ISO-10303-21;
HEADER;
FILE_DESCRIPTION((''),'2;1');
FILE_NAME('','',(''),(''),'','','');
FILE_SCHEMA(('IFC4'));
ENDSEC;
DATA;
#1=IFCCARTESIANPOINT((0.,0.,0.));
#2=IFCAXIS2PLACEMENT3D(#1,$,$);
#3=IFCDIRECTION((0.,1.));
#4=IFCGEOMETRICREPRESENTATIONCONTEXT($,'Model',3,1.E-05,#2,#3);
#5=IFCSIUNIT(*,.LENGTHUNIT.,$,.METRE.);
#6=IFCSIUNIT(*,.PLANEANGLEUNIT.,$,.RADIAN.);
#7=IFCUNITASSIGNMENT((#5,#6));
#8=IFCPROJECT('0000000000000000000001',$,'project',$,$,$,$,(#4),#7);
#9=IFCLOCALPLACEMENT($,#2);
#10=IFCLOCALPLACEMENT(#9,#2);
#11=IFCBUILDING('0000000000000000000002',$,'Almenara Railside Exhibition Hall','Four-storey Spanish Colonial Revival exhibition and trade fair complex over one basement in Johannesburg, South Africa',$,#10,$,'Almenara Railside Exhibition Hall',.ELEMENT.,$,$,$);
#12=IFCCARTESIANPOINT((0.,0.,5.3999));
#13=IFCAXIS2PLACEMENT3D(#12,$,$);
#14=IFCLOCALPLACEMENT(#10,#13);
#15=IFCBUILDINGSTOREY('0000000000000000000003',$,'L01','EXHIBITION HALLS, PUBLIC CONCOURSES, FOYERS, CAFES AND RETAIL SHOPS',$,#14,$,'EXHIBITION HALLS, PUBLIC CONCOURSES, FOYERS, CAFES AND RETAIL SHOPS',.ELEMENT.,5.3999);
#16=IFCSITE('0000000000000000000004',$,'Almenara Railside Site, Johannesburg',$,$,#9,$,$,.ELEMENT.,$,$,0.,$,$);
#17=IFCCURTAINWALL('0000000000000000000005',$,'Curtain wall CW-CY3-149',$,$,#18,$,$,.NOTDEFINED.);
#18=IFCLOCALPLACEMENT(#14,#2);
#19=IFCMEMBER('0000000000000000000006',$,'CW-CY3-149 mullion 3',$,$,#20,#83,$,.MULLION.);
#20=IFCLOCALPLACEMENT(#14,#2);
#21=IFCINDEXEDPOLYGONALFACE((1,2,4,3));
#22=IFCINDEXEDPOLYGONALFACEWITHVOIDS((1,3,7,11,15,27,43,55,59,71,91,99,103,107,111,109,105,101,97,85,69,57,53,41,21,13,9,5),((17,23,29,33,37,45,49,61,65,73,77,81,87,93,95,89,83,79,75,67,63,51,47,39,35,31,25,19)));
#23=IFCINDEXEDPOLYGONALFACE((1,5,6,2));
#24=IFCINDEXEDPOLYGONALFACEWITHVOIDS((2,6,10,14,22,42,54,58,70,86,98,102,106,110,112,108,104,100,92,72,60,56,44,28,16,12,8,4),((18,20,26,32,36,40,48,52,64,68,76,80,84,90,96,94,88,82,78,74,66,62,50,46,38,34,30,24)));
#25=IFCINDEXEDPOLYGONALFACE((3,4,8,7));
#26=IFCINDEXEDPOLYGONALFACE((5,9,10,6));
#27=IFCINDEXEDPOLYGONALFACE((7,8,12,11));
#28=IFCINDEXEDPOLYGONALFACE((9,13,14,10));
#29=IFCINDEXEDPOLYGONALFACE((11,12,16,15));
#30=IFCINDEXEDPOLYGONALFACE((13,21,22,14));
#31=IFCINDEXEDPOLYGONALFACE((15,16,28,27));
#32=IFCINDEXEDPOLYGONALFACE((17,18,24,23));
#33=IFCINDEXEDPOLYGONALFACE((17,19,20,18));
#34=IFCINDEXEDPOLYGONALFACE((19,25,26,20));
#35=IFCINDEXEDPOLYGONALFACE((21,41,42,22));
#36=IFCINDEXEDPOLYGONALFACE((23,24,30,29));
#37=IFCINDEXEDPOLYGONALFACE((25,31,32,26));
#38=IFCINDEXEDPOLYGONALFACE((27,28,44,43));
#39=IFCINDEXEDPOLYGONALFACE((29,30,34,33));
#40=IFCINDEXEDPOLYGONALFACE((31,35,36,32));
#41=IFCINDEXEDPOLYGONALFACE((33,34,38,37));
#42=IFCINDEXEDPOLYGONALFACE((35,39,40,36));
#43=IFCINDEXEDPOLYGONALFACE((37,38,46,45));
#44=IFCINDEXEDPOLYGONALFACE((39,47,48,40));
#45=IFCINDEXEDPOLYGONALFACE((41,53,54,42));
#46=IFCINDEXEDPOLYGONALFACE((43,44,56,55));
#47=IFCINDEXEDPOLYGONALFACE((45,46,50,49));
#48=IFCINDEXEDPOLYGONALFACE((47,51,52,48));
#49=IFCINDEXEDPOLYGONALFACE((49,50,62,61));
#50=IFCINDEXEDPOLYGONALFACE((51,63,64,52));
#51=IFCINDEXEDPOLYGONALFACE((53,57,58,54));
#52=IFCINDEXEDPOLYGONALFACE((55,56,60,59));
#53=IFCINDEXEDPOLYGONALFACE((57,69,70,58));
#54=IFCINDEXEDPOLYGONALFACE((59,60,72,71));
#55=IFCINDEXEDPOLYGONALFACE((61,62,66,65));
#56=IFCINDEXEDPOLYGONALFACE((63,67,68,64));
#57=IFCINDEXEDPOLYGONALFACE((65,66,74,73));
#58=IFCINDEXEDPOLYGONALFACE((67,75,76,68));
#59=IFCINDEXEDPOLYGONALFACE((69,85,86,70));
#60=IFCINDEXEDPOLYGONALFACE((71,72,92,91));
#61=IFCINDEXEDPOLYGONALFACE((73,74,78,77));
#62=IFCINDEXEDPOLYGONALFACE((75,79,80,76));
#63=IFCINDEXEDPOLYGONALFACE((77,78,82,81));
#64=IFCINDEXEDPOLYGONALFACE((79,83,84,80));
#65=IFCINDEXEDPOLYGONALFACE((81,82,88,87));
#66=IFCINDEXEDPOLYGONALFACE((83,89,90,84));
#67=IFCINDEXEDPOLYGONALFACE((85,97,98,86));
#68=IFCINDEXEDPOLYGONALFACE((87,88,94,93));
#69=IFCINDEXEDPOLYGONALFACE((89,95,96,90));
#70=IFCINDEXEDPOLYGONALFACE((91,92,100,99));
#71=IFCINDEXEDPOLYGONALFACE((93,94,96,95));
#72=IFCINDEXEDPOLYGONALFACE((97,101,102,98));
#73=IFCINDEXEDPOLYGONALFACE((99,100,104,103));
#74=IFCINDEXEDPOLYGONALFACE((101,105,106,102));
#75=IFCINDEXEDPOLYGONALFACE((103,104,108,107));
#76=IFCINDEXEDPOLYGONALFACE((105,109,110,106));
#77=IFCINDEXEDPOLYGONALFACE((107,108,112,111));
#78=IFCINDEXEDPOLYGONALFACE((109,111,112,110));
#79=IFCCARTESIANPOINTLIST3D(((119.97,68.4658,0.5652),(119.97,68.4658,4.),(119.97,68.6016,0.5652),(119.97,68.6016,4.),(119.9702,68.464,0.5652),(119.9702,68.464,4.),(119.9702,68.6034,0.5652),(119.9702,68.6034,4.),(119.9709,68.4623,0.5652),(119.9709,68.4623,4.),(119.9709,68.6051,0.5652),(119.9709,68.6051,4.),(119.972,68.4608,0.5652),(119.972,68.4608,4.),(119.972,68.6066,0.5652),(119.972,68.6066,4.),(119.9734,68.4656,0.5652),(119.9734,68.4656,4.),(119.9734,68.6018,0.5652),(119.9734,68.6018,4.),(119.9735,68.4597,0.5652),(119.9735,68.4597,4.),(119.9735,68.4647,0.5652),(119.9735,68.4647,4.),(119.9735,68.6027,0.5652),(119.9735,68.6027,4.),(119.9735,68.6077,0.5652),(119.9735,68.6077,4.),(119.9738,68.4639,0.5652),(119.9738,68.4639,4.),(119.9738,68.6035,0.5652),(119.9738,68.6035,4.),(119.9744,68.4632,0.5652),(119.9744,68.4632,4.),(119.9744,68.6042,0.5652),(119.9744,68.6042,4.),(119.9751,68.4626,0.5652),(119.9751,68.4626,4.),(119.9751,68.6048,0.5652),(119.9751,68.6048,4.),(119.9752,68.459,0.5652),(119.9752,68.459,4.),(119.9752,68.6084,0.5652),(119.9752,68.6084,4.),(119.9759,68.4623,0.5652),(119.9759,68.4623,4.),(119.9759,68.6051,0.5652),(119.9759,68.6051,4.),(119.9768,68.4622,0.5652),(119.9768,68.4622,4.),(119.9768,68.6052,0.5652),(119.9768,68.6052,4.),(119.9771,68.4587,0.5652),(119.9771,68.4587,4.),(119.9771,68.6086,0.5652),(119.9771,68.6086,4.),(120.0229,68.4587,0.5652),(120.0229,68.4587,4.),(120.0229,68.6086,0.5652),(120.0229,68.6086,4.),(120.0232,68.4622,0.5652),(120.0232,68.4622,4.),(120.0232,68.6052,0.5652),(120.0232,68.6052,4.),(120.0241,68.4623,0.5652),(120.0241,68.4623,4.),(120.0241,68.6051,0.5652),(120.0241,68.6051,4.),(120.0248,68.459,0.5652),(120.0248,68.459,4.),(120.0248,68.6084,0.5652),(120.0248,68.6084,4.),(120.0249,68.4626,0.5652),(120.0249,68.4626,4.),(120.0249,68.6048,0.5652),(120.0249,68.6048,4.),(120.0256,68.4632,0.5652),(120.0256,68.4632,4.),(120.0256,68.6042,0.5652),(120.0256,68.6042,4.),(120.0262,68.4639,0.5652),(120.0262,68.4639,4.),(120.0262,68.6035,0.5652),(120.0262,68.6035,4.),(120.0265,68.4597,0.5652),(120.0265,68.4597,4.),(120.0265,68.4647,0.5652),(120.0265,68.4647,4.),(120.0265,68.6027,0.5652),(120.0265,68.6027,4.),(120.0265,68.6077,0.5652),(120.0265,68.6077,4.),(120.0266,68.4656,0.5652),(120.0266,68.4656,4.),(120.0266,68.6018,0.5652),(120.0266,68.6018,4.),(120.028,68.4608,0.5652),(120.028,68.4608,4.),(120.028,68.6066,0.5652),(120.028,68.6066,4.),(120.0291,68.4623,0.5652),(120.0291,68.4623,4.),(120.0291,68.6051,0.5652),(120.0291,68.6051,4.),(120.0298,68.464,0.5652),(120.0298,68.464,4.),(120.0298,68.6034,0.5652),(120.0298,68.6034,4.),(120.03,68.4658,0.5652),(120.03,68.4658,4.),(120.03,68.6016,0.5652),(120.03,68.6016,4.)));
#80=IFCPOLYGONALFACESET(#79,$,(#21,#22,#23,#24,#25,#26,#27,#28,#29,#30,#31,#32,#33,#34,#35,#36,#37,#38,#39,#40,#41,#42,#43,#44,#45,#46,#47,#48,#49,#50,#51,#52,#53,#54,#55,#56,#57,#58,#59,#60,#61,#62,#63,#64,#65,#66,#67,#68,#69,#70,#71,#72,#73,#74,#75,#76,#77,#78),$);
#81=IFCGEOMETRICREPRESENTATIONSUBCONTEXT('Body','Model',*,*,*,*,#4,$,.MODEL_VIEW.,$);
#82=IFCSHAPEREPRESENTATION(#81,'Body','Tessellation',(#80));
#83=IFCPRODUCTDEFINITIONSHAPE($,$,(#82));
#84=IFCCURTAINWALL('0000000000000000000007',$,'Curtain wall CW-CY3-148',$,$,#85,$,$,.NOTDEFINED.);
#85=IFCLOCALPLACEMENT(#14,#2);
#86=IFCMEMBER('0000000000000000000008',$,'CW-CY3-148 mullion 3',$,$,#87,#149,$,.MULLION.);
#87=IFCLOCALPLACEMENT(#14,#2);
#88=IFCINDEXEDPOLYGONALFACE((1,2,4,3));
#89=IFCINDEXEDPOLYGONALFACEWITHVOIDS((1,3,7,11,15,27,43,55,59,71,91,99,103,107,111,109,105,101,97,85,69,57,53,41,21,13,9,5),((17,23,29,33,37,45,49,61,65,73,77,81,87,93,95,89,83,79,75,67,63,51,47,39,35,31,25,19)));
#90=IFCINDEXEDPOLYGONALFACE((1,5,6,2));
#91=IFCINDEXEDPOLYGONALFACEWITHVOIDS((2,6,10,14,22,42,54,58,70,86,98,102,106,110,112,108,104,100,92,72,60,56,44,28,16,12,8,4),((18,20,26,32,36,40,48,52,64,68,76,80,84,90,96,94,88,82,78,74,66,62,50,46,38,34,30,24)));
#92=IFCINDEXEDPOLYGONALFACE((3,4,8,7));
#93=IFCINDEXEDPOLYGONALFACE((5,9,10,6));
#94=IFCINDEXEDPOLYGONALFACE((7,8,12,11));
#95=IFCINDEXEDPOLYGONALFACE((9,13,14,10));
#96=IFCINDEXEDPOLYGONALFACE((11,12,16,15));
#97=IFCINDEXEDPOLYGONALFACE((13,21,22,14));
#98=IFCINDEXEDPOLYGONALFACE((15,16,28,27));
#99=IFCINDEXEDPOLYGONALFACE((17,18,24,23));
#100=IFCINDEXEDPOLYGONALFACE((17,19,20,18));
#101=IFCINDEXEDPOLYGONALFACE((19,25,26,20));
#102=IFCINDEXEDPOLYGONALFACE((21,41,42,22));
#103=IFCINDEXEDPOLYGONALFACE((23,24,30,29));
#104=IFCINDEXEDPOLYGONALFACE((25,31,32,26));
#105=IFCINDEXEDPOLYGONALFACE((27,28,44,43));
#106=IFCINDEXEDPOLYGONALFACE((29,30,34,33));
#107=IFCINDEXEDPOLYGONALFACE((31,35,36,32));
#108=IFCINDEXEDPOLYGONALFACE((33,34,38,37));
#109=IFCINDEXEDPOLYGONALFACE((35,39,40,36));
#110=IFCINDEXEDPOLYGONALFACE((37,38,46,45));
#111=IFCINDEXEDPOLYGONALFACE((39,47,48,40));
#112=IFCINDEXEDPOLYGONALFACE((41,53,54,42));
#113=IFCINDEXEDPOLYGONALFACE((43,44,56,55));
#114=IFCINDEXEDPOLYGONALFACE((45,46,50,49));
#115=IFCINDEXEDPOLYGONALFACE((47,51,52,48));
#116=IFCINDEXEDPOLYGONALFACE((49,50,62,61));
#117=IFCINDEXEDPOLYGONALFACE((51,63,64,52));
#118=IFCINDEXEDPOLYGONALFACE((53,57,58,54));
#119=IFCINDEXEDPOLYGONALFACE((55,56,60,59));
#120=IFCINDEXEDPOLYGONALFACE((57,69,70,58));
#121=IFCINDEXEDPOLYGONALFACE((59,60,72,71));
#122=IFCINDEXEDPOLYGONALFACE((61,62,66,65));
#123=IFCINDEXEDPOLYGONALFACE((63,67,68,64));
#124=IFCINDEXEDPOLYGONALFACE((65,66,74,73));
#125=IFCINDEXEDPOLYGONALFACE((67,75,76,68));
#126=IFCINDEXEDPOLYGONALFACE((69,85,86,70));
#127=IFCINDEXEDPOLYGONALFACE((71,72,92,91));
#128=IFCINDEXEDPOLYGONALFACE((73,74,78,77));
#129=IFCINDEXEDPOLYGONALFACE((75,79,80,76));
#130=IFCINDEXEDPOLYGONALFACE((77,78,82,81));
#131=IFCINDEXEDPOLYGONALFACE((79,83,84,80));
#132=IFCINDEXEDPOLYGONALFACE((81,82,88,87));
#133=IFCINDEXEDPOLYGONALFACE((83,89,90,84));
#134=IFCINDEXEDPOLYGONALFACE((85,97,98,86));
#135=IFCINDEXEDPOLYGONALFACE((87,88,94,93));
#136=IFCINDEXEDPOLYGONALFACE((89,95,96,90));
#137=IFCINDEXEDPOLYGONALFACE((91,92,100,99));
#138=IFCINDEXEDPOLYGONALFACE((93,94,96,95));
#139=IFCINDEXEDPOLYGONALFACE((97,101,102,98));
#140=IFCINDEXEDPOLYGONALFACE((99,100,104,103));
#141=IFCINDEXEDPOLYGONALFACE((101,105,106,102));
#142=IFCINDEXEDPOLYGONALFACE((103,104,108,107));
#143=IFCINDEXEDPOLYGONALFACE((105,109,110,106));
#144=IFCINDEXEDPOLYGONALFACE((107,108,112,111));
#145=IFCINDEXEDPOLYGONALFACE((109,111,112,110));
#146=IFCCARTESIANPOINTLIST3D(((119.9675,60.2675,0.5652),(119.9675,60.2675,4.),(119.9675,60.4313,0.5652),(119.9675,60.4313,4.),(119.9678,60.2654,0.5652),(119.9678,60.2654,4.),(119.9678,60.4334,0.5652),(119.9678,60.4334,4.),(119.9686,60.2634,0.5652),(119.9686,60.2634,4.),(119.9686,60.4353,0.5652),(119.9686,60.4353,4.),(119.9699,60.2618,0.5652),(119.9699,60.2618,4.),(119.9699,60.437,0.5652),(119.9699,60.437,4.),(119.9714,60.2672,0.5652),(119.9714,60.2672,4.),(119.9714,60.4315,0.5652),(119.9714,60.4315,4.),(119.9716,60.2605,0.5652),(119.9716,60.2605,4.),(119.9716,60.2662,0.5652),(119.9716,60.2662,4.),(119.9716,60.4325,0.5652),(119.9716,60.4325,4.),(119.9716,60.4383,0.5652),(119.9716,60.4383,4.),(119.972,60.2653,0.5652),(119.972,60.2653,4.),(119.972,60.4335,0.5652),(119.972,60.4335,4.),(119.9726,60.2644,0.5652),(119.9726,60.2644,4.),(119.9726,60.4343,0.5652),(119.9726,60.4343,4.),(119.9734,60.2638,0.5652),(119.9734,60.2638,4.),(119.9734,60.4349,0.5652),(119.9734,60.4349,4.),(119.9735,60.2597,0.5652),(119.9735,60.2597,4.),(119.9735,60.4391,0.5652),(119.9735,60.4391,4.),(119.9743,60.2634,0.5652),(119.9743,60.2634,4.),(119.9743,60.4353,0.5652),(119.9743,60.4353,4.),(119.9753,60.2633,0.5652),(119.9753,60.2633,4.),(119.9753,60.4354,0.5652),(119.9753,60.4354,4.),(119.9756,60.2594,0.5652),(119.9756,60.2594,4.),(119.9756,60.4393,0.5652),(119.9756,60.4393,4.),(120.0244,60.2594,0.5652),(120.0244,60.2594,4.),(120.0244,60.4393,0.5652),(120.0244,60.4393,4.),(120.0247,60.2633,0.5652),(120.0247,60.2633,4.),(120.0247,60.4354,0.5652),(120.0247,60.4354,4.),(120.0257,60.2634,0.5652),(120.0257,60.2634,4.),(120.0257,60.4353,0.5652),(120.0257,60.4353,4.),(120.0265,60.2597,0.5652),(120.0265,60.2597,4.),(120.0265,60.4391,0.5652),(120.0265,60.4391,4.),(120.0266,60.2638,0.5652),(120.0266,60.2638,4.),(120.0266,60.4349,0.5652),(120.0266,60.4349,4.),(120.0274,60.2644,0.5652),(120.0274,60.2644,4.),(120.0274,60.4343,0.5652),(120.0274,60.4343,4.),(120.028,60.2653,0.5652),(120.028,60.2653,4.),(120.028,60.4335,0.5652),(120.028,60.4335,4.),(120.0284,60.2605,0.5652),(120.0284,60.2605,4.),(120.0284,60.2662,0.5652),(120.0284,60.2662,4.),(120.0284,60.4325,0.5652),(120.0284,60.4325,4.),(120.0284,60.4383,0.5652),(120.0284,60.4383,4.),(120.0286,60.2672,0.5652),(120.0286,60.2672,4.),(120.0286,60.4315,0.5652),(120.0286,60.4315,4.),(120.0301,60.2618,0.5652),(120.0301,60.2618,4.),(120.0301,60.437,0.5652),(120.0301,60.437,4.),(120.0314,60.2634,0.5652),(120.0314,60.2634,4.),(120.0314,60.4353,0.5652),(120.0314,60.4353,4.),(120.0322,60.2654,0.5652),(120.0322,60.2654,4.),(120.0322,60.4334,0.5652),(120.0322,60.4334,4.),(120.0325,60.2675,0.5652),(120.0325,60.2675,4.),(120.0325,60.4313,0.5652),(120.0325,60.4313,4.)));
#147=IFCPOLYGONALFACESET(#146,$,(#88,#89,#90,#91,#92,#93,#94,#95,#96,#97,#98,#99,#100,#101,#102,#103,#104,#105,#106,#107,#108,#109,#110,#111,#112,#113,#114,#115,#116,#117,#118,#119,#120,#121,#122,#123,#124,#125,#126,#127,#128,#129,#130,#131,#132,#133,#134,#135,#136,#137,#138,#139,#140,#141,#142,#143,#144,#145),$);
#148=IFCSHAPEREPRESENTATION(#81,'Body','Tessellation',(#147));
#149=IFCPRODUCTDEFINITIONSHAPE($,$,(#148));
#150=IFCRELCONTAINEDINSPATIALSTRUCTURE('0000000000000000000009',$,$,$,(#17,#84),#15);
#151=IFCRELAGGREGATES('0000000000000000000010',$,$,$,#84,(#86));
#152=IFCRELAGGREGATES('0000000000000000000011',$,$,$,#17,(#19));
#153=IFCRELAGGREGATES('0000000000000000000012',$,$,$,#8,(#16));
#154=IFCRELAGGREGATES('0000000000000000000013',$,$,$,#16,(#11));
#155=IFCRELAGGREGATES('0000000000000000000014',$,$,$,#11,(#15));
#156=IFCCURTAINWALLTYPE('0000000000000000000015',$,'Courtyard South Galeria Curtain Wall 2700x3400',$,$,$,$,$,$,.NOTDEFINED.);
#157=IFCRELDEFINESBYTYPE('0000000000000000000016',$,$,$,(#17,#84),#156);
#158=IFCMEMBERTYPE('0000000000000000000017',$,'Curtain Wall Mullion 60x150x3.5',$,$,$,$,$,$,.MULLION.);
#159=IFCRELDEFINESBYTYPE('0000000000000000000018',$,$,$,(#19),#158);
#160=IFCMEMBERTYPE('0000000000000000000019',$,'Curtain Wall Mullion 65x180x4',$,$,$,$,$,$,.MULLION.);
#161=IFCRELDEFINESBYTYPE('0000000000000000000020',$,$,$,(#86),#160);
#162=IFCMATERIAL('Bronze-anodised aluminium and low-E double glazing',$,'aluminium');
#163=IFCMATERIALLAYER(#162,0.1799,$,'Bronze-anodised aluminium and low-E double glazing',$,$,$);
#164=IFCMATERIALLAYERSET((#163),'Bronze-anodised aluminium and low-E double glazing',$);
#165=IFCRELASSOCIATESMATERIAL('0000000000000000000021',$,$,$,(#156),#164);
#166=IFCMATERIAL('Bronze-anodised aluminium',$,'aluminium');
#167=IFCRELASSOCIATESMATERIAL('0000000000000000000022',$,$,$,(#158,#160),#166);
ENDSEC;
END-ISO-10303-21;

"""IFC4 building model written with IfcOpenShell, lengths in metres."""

from ifc_helpers import new_model, si_unit, direction, frame, origin, origin_2d, place, context, subcontext, project, spatial, hollow_rectangle, extrude, material, layer, layer_set, material_profile, profile_set, type_object, element, aggregate, save


model = new_model("IFC4")

# Units and contexts
model_context = context("Model", 3, precision=1e-05, world=origin(), true_north=direction((0.0, 1.0)))
body_context = subcontext(model_context, "Body", "Model", "MODEL_VIEW")
ifc_project = project(units=[si_unit("LENGTHUNIT", "METRE"), si_unit("PLANEANGLEUNIT", "RADIAN")], contexts=[model_context])

# Site, building, storey
site_placement = place(None, origin())
site = spatial("IfcSite", under=ifc_project, at=site_placement, Name="Almenara Railside Site, Johannesburg", CompositionType="ELEMENT", RefElevation=0.0)
building_placement = place(site_placement, origin())
building = spatial("IfcBuilding", under=site, at=building_placement, Name="Almenara Railside Exhibition Hall", Description="Four-storey Spanish Colonial Revival exhibition and trade fair complex over one basement in Johannesburg, South Africa", LongName="Almenara Railside Exhibition Hall", CompositionType="ELEMENT")
storey_placement = place(building_placement, frame((0.0, 0.0, 5.3999)))
storey = spatial("IfcBuildingStorey", under=building, at=storey_placement, Name="L01", Description="EXHIBITION HALLS, PUBLIC CONCOURSES, FOYERS, CAFES AND RETAIL SHOPS", LongName="EXHIBITION HALLS, PUBLIC CONCOURSES, FOYERS, CAFES AND RETAIL SHOPS", CompositionType="ELEMENT", Elevation=5.3999)

# Curtain wall, member
ifc_material_1 = material(Name="Bronze-anodised aluminium and low-E double glazing", Category="aluminium")
ifc_layer_1 = layer(ifc_material_1, 0.1799, Name="Bronze-anodised aluminium and low-E double glazing")
ifc_layer_set_1 = layer_set([ifc_layer_1], Name="Bronze-anodised aluminium and low-E double glazing")
curtain_wall_type = type_object("IfcCurtainWallType", Name="Courtyard South Galeria Curtain Wall 2700x3400", PredefinedType="NOTDEFINED", material=ifc_layer_set_1)
curtain_wall_1_placement = place(storey_placement, origin())
curtain_wall_1 = element("IfcCurtainWall", 1, at=curtain_wall_1_placement, inside=storey, type_object=curtain_wall_type, Name="Curtain wall CW-CY3-149", PredefinedType="NOTDEFINED")
ifc_material_2 = material(Name="Bronze-anodised aluminium", Category="aluminium")
ifc_material_profile_1 = material_profile(ifc_material_2, hollow_rectangle(XDim=0.0601, YDim=0.1499, WallThickness=0.0034, InnerFilletRadius=0.0034, OuterFilletRadius=0.0071, at=origin_2d()), Name="ALU-MUL 60x150x3.5")
ifc_profile_set_1 = profile_set([ifc_material_profile_1], Name="Bronze-anodised aluminium")
member_type_1 = type_object("IfcMemberType", Name="Curtain Wall Mullion 60x150x3.5", PredefinedType="MULLION", material=ifc_profile_set_1)
member_1_placement = place(storey_placement, frame((120.0, 68.5337, 0.5652), z_axis=(0.0, 0.0, 1.0), x_axis=(-1.0, 0.0, 0.0)))
member_1 = element("IfcMember", 2, at=member_1_placement, type_object=member_type_1, Name="CW-CY3-149 mullion 3", PredefinedType="MULLION", context=body_context, shape_type="SweptSolid", body=[
    extrude(hollow_rectangle(XDim=0.0601, YDim=0.1499, WallThickness=0.0034, InnerFilletRadius=0.0034, OuterFilletRadius=0.0071, at=origin_2d()), origin(), (0.0, 0.0, 1.0), 3.4348),
])

# Curtain wall, member
curtain_wall_2_placement = place(storey_placement, origin())
curtain_wall_2 = element("IfcCurtainWall", 3, at=curtain_wall_2_placement, inside=storey, type_object=curtain_wall_type, Name="Curtain wall CW-CY3-148", PredefinedType="NOTDEFINED")
ifc_material_profile_2 = material_profile(ifc_material_2, hollow_rectangle(XDim=0.0649, YDim=0.1799, WallThickness=0.0039, InnerFilletRadius=0.0039, OuterFilletRadius=0.0081, at=origin_2d()), Name="ALU-MUL 65x180x4")
ifc_profile_set_2 = profile_set([ifc_material_profile_2], Name="Bronze-anodised aluminium")
member_type_2 = type_object("IfcMemberType", Name="Curtain Wall Mullion 65x180x4", PredefinedType="MULLION", material=ifc_profile_set_2)
member_2_placement = place(storey_placement, frame((120.0, 60.3494, 0.5652), z_axis=(0.0, 0.0, 1.0), x_axis=(-1.0, 0.0, 0.0)))
member_2 = element("IfcMember", 4, at=member_2_placement, type_object=member_type_2, Name="CW-CY3-148 mullion 3", PredefinedType="MULLION", context=body_context, shape_type="SweptSolid", body=[
    extrude(hollow_rectangle(XDim=0.0649, YDim=0.1799, WallThickness=0.0039, InnerFilletRadius=0.0039, OuterFilletRadius=0.0081, at=origin_2d()), origin(), (0.0, 0.0, 1.0), 3.4348),
])

aggregate(curtain_wall_2, [member_2])
aggregate(curtain_wall_1, [member_1])

save(model, "model.ifc")
